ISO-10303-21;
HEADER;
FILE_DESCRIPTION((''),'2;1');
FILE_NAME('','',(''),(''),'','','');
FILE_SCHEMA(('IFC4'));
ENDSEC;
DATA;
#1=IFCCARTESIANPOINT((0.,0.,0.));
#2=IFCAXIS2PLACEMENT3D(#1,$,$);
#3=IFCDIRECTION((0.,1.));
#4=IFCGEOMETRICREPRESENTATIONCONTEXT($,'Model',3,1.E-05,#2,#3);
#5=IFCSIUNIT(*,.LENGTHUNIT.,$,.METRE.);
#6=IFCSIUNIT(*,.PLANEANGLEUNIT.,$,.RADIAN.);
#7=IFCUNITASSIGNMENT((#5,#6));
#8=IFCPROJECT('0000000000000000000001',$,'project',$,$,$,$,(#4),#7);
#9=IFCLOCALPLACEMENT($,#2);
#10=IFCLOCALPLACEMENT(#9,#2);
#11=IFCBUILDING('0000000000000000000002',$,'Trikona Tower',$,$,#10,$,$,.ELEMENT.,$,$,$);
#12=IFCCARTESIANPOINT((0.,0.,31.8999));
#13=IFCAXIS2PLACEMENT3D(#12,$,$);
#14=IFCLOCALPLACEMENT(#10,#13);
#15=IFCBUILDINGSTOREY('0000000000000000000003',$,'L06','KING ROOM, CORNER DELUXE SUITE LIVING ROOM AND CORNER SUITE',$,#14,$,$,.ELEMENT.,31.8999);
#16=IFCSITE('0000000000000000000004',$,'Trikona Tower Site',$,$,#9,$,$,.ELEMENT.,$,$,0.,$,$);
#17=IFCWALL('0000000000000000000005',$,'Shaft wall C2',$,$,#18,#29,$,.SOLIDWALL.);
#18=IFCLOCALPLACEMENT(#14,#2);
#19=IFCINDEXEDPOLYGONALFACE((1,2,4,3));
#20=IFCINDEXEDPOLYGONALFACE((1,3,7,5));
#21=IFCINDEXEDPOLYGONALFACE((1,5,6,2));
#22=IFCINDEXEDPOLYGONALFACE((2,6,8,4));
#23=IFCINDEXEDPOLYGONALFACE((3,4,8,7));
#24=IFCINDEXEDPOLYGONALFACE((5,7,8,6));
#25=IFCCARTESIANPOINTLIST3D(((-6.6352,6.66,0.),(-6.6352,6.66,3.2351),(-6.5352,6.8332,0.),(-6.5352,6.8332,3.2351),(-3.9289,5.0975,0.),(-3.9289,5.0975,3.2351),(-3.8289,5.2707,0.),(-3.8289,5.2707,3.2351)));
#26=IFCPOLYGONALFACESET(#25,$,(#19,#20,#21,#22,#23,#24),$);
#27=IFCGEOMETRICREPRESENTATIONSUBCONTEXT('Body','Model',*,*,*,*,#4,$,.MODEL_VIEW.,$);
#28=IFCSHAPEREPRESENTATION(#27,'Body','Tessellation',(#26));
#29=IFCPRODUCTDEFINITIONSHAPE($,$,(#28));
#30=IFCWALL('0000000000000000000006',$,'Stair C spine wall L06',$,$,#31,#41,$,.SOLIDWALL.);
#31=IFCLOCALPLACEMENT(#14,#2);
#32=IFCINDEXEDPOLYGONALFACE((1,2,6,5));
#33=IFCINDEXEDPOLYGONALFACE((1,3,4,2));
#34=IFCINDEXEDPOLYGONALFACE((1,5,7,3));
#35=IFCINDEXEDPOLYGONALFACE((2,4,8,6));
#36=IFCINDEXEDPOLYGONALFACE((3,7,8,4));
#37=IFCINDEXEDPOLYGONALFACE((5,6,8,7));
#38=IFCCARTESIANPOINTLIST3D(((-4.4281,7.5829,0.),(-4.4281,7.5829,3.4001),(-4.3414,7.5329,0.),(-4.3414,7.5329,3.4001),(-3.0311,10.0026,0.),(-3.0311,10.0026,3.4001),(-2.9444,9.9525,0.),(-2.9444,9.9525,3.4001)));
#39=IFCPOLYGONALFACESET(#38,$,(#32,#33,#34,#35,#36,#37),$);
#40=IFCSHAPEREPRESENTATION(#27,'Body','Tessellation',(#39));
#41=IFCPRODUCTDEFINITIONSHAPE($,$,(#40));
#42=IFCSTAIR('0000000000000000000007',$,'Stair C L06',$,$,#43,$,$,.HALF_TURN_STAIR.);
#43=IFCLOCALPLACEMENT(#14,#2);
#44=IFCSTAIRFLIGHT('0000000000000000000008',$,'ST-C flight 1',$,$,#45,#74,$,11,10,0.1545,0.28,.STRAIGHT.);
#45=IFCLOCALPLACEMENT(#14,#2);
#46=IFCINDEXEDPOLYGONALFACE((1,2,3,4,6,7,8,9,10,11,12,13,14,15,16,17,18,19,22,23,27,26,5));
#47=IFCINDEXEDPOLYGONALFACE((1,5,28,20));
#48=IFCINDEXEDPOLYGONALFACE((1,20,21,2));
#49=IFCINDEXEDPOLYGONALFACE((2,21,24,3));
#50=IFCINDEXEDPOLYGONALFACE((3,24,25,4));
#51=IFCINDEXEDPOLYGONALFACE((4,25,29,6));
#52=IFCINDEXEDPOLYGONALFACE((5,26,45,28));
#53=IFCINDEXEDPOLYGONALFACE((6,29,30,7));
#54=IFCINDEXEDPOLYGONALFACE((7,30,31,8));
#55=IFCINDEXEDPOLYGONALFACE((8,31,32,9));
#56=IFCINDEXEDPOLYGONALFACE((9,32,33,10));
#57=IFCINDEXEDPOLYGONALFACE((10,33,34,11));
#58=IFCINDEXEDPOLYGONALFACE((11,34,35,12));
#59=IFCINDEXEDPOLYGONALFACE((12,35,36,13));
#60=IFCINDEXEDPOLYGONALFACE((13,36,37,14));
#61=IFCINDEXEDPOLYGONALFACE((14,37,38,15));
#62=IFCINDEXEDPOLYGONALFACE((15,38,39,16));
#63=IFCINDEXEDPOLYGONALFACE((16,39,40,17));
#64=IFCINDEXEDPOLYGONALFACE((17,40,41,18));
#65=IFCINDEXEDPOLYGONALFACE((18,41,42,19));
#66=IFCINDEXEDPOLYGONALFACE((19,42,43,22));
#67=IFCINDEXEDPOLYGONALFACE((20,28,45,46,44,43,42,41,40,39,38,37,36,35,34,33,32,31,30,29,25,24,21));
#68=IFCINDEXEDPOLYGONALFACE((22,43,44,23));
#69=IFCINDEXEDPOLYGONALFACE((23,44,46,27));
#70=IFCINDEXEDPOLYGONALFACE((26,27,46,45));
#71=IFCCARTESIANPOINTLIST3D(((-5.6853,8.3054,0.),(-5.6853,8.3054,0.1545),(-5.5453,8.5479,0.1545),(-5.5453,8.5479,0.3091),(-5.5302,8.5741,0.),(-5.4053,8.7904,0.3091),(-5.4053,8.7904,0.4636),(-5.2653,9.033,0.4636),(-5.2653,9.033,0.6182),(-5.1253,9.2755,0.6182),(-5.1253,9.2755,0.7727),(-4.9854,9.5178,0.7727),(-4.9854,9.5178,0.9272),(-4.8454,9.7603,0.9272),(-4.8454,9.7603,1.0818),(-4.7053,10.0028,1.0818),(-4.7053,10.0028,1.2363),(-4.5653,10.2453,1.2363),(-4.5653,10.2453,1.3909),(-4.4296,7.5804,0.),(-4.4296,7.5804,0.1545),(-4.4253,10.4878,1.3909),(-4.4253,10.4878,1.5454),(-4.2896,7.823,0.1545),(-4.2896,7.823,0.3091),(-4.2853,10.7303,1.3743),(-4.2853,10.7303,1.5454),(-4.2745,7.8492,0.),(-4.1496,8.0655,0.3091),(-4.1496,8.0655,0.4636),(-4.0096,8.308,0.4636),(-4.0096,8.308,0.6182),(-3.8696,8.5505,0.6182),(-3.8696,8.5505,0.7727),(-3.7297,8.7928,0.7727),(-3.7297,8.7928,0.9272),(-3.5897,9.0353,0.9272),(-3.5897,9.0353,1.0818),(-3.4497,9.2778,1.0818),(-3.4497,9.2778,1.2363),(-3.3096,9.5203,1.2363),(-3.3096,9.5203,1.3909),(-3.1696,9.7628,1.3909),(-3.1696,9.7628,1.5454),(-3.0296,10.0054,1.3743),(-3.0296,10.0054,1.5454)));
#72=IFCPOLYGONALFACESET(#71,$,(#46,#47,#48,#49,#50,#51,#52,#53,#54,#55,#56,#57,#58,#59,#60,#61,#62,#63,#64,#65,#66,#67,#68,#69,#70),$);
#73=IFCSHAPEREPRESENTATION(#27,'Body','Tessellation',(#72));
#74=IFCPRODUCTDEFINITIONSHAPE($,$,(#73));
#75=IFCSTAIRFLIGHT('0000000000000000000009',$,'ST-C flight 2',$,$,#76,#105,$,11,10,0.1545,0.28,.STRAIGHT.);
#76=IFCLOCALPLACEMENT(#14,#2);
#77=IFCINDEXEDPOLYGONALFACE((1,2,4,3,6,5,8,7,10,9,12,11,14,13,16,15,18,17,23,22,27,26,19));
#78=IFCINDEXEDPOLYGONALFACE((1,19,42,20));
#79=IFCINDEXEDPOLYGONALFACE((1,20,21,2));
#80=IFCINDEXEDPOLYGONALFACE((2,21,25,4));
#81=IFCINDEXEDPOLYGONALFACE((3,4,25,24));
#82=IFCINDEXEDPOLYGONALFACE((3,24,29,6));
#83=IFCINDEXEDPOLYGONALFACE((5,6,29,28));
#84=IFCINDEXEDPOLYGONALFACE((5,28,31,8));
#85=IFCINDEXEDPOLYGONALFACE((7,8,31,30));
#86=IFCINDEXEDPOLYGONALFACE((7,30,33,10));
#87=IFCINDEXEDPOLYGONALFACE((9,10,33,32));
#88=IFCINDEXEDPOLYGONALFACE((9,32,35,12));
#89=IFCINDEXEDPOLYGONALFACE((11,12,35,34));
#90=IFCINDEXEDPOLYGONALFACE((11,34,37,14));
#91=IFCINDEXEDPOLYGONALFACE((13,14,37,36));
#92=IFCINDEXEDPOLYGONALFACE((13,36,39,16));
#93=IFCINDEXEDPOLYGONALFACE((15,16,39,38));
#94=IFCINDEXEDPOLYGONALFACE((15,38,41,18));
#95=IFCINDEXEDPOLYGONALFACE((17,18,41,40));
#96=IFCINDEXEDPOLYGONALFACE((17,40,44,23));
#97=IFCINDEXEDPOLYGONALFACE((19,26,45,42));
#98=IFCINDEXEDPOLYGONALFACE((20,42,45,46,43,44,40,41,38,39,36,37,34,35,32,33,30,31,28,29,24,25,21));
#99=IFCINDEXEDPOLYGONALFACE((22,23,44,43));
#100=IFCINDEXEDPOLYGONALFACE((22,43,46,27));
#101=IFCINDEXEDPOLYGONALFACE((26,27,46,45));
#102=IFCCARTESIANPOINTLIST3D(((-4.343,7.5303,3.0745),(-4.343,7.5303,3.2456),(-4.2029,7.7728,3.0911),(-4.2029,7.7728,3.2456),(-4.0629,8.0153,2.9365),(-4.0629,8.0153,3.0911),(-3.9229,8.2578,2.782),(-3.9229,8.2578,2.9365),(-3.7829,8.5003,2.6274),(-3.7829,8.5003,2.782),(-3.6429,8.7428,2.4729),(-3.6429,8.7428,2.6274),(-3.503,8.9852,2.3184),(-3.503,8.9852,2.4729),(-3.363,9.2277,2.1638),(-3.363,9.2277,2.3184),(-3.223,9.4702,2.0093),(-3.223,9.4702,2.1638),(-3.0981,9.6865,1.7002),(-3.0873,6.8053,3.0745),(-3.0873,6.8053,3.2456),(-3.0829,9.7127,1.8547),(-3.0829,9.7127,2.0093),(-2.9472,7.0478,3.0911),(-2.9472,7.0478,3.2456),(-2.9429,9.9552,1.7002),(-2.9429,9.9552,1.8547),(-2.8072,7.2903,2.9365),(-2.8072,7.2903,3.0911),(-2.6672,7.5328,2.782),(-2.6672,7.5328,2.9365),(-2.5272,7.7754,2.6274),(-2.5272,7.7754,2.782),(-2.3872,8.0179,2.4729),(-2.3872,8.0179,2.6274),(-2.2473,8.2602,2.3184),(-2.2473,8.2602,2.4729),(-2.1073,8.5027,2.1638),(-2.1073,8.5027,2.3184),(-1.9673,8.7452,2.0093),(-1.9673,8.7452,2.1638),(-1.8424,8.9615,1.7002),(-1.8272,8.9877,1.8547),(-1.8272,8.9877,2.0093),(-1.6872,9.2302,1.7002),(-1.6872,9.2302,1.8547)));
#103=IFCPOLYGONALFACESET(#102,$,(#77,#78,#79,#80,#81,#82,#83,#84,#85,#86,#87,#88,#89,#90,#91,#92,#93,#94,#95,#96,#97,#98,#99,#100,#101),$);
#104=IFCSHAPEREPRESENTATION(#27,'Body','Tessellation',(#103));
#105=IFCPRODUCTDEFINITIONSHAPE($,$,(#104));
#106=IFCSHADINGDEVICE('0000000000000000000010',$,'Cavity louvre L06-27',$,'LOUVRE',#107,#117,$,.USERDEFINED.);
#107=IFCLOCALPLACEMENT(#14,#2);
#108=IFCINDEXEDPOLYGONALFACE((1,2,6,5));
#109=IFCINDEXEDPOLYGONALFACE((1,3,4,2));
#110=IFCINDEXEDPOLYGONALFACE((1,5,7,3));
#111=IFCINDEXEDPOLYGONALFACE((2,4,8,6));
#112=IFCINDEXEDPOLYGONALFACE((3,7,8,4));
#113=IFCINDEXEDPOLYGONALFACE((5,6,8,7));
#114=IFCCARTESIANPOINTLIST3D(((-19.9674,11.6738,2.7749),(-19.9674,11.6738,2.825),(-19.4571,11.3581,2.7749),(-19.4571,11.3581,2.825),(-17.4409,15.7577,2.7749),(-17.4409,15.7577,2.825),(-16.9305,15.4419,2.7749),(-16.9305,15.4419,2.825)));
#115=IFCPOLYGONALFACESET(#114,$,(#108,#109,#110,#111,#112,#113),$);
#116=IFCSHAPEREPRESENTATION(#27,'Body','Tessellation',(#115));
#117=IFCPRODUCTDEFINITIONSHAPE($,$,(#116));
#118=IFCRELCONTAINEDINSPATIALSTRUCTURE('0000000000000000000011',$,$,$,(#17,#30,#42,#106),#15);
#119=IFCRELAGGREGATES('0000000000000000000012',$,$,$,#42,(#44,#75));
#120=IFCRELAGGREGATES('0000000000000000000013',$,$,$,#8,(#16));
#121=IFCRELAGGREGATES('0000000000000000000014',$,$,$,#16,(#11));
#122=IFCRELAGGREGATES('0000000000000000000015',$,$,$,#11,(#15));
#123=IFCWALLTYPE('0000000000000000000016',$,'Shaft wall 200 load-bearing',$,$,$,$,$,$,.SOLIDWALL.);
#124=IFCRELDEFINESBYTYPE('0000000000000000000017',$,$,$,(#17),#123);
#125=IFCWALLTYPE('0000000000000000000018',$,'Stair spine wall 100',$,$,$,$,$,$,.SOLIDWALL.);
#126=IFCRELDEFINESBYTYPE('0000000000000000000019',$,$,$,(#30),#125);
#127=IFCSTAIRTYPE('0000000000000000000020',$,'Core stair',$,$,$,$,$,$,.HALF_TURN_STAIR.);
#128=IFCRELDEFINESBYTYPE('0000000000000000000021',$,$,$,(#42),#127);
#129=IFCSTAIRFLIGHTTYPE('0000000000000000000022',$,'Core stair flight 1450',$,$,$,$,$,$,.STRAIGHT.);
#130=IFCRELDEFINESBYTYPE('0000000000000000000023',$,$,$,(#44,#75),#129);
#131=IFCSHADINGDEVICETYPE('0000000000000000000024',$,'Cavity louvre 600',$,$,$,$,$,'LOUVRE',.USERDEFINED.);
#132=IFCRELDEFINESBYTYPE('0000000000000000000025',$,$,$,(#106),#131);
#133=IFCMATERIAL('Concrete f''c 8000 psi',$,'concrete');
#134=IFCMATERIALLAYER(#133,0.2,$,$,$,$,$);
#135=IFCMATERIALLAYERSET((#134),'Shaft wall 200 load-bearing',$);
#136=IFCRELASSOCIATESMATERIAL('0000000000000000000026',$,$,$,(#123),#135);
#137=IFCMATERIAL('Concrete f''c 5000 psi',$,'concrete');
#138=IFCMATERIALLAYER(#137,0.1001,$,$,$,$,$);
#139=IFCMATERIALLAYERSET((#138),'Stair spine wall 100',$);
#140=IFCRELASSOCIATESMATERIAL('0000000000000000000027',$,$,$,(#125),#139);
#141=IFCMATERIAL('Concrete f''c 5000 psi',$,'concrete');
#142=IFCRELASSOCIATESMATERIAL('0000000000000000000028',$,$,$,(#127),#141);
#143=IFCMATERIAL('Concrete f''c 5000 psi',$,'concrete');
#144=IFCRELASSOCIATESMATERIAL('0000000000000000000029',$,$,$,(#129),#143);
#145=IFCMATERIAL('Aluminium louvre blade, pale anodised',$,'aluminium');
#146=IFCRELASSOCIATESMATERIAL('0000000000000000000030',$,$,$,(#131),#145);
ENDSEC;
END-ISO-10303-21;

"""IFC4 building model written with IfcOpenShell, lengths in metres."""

from ifc_helpers import new_model, si_unit, direction, frame, frame_2d, origin, origin_2d, place, context, subcontext, project, spatial, polyline, rectangle, outline, extrude, material, layer, layer_set, type_object, element, aggregate, save


model = new_model("IFC4")

# Units and contexts
model_context = context("Model", 3, precision=1e-05, world=origin(), true_north=direction((0.0, 1.0)))
body_context = subcontext(model_context, "Body", "Model", "MODEL_VIEW")
ifc_project = project(units=[si_unit("LENGTHUNIT", "METRE"), si_unit("PLANEANGLEUNIT", "RADIAN")], contexts=[model_context])

# Site, building, storey
site_placement = place(None, origin())
site = spatial("IfcSite", under=ifc_project, at=site_placement, Name="Trikona Tower Site", CompositionType="ELEMENT", RefElevation=0.0)
building_placement = place(site_placement, origin())
building = spatial("IfcBuilding", under=site, at=building_placement, Name="Trikona Tower", CompositionType="ELEMENT")
storey_placement = place(building_placement, frame((0.0, 0.0, 31.8999)))
storey = spatial("IfcBuildingStorey", under=building, at=storey_placement, Name="L06", Description="KING ROOM, CORNER DELUXE SUITE LIVING ROOM AND CORNER SUITE", CompositionType="ELEMENT", Elevation=31.8999)

# Walls
ifc_material_1 = material(Name="Concrete f'c 8000 psi", Category="concrete")
ifc_layer_1 = layer(ifc_material_1, 0.2)
ifc_layer_set_1 = layer_set([ifc_layer_1], Name="Shaft wall 200 load-bearing")
wall_type_1 = type_object("IfcWallType", Name="Shaft wall 200 load-bearing", PredefinedType="SOLIDWALL", material=ifc_layer_set_1)
for number, where, z_axis, x_axis, name in (
    (1, (-3.8789, 5.1841, 0.0), (0.0, 0.0, 1.0), (-0.866023, 0.500004, 0.0), "Shaft wall C2"),
):
    element("IfcWall", number, at=place(storey_placement, frame(where, z_axis=z_axis, x_axis=x_axis)), inside=storey, type_object=wall_type_1, Name=name, PredefinedType="SOLIDWALL", context=body_context, shape_type="SweptSolid", body=[
        extrude(rectangle(XDim=3.125, YDim=0.2, at=frame_2d((1.5625, 0.0))), origin(), (0.0, 0.0, 1.0), 3.2351),
    ])
ifc_material_2 = material(Name="Concrete f'c 5000 psi", Category="concrete")
ifc_layer_2 = layer(ifc_material_2, 0.1001)
ifc_layer_set_2 = layer_set([ifc_layer_2], Name="Stair spine wall 100")
wall_type_2 = type_object("IfcWallType", Name="Stair spine wall 100", PredefinedType="SOLIDWALL", material=ifc_layer_set_2)
wall_1_placement = place(storey_placement, frame((-2.9878, 9.9775, 0.0), z_axis=(0.0, 0.0, 1.0), x_axis=(-0.499992, -0.86603, 0.0)))
element("IfcWall", 2, at=wall_1_placement, inside=storey, type_object=wall_type_2, Name="Stair C spine wall L06", PredefinedType="SOLIDWALL", context=body_context, shape_type="SweptSolid", body=[
    extrude(rectangle(XDim=2.7939, YDim=0.1001, at=frame_2d((1.397, 0.0))), origin(), (0.0, 0.0, 1.0), 3.4001),
])

# Stair, stair flights
ifc_material_3 = material(Name="Concrete f'c 5000 psi", Category="concrete")
stair_type = type_object("IfcStairType", Name="Core stair", PredefinedType="HALF_TURN_STAIR", material=ifc_material_3)
stair_placement = place(storey_placement, origin())
stair = element("IfcStair", 3, at=stair_placement, inside=storey, type_object=stair_type, Name="Stair C L06", PredefinedType="HALF_TURN_STAIR")
ifc_material_4 = material(Name="Concrete f'c 5000 psi", Category="concrete")
stair_flight_type = type_object("IfcStairFlightType", Name="Core stair flight 1450", PredefinedType="STRAIGHT", material=ifc_material_4)
stair_flight_1_placement = place(storey_placement, frame((-5.0574, 7.9429, 0.0), z_axis=(0.0, 0.0, 1.0), x_axis=(0.5, 0.866025, 0.0)))
stair_flight_1 = element("IfcStairFlight", 4, at=stair_flight_1_placement, type_object=stair_flight_type, Name="ST-C flight 1", NumberOfRisers=11, NumberOfTreads=10, PredefinedType="STRAIGHT", RiserHeight=0.1545, TreadLength=0.28, context=body_context, shape_type="SweptSolid", body=[
    extrude(outline(polyline([(0.0, 0.0), (0.0, 0.1545), (0.28, 0.1545), (0.28, 0.3091), (0.5601, 0.3091), (0.5601, 0.4636), (0.8401, 0.4636), (0.8401, 0.6182), (1.1201, 0.6182), (1.1201, 0.7727), (1.3999, 0.7727), (1.3999, 0.9272), (1.6799, 0.9272), (1.6799, 1.0818), (1.96, 1.0818), (1.96, 1.2363), (2.24, 1.2363), (2.24, 1.3909), (2.52, 1.3909), (2.52, 1.5454), (2.8, 1.5454), (2.8, 1.7), (2.8, 1.3743), (0.3103, 0.0), (0.0, 0.0)])), frame((0.0, 0.7251, 0.0), z_axis=(0.0, -1.0, 0.0), x_axis=(1.0, 0.0, 0.0)), (0.0, 0.0, 1.0), 1.45),
])
stair_flight_2_placement = place(storey_placement, frame((-2.3152, 9.5928, 1.7002), z_axis=(0.0, 0.0, 1.0), x_axis=(-0.5, -0.866025, 0.0)))
stair_flight_2 = element("IfcStairFlight", 5, at=stair_flight_2_placement, type_object=stair_flight_type, Name="ST-C flight 2", NumberOfRisers=11, NumberOfTreads=10, PredefinedType="STRAIGHT", RiserHeight=0.1545, TreadLength=0.28, context=body_context, shape_type="SweptSolid", body=[
    extrude(outline(polyline([(0.0, 0.0), (0.0, 0.1545), (0.28, 0.1545), (0.28, 0.3091), (0.5601, 0.3091), (0.5601, 0.4636), (0.8401, 0.4636), (0.8401, 0.6182), (1.1201, 0.6182), (1.1201, 0.7727), (1.3999, 0.7727), (1.3999, 0.9272), (1.6799, 0.9272), (1.6799, 1.0818), (1.96, 1.0818), (1.96, 1.2363), (2.24, 1.2363), (2.24, 1.3909), (2.52, 1.3909), (2.52, 1.5454), (2.8, 1.5454), (2.8, 1.7), (2.8, 1.3743), (0.3103, 0.0), (0.0, 0.0)])), frame((0.0, 0.7251, 0.0), z_axis=(0.0, -1.0, 0.0), x_axis=(1.0, 0.0, 0.0)), (0.0, 0.0, 1.0), 1.45),
])
aggregate(stair, [stair_flight_1, stair_flight_2])

# Shading device
ifc_material_5 = material(Name="Aluminium louvre blade, pale anodised", Category="aluminium")
shading_device_type = type_object("IfcShadingDeviceType", Name="Cavity louvre 600", ElementType="LOUVRE", PredefinedType="USERDEFINED", material=ifc_material_5)
shading_device_placement = place(storey_placement, frame((-18.449, 13.5579, 2.7749), z_axis=(0.0, 0.0, 1.0), x_axis=(-0.526119, -0.850411, 0.0)))
element("IfcShadingDevice", 6, at=shading_device_placement, inside=storey, type_object=shading_device_type, Name="Cavity louvre L06-27", ObjectType="LOUVRE", PredefinedType="USERDEFINED", context=body_context, shape_type="SweptSolid", body=[
    extrude(rectangle(XDim=4.8022, YDim=0.6001, at=origin_2d()), origin(), (0.0, 0.0, 1.0), 0.05),
])

save(model, "model.ifc")
